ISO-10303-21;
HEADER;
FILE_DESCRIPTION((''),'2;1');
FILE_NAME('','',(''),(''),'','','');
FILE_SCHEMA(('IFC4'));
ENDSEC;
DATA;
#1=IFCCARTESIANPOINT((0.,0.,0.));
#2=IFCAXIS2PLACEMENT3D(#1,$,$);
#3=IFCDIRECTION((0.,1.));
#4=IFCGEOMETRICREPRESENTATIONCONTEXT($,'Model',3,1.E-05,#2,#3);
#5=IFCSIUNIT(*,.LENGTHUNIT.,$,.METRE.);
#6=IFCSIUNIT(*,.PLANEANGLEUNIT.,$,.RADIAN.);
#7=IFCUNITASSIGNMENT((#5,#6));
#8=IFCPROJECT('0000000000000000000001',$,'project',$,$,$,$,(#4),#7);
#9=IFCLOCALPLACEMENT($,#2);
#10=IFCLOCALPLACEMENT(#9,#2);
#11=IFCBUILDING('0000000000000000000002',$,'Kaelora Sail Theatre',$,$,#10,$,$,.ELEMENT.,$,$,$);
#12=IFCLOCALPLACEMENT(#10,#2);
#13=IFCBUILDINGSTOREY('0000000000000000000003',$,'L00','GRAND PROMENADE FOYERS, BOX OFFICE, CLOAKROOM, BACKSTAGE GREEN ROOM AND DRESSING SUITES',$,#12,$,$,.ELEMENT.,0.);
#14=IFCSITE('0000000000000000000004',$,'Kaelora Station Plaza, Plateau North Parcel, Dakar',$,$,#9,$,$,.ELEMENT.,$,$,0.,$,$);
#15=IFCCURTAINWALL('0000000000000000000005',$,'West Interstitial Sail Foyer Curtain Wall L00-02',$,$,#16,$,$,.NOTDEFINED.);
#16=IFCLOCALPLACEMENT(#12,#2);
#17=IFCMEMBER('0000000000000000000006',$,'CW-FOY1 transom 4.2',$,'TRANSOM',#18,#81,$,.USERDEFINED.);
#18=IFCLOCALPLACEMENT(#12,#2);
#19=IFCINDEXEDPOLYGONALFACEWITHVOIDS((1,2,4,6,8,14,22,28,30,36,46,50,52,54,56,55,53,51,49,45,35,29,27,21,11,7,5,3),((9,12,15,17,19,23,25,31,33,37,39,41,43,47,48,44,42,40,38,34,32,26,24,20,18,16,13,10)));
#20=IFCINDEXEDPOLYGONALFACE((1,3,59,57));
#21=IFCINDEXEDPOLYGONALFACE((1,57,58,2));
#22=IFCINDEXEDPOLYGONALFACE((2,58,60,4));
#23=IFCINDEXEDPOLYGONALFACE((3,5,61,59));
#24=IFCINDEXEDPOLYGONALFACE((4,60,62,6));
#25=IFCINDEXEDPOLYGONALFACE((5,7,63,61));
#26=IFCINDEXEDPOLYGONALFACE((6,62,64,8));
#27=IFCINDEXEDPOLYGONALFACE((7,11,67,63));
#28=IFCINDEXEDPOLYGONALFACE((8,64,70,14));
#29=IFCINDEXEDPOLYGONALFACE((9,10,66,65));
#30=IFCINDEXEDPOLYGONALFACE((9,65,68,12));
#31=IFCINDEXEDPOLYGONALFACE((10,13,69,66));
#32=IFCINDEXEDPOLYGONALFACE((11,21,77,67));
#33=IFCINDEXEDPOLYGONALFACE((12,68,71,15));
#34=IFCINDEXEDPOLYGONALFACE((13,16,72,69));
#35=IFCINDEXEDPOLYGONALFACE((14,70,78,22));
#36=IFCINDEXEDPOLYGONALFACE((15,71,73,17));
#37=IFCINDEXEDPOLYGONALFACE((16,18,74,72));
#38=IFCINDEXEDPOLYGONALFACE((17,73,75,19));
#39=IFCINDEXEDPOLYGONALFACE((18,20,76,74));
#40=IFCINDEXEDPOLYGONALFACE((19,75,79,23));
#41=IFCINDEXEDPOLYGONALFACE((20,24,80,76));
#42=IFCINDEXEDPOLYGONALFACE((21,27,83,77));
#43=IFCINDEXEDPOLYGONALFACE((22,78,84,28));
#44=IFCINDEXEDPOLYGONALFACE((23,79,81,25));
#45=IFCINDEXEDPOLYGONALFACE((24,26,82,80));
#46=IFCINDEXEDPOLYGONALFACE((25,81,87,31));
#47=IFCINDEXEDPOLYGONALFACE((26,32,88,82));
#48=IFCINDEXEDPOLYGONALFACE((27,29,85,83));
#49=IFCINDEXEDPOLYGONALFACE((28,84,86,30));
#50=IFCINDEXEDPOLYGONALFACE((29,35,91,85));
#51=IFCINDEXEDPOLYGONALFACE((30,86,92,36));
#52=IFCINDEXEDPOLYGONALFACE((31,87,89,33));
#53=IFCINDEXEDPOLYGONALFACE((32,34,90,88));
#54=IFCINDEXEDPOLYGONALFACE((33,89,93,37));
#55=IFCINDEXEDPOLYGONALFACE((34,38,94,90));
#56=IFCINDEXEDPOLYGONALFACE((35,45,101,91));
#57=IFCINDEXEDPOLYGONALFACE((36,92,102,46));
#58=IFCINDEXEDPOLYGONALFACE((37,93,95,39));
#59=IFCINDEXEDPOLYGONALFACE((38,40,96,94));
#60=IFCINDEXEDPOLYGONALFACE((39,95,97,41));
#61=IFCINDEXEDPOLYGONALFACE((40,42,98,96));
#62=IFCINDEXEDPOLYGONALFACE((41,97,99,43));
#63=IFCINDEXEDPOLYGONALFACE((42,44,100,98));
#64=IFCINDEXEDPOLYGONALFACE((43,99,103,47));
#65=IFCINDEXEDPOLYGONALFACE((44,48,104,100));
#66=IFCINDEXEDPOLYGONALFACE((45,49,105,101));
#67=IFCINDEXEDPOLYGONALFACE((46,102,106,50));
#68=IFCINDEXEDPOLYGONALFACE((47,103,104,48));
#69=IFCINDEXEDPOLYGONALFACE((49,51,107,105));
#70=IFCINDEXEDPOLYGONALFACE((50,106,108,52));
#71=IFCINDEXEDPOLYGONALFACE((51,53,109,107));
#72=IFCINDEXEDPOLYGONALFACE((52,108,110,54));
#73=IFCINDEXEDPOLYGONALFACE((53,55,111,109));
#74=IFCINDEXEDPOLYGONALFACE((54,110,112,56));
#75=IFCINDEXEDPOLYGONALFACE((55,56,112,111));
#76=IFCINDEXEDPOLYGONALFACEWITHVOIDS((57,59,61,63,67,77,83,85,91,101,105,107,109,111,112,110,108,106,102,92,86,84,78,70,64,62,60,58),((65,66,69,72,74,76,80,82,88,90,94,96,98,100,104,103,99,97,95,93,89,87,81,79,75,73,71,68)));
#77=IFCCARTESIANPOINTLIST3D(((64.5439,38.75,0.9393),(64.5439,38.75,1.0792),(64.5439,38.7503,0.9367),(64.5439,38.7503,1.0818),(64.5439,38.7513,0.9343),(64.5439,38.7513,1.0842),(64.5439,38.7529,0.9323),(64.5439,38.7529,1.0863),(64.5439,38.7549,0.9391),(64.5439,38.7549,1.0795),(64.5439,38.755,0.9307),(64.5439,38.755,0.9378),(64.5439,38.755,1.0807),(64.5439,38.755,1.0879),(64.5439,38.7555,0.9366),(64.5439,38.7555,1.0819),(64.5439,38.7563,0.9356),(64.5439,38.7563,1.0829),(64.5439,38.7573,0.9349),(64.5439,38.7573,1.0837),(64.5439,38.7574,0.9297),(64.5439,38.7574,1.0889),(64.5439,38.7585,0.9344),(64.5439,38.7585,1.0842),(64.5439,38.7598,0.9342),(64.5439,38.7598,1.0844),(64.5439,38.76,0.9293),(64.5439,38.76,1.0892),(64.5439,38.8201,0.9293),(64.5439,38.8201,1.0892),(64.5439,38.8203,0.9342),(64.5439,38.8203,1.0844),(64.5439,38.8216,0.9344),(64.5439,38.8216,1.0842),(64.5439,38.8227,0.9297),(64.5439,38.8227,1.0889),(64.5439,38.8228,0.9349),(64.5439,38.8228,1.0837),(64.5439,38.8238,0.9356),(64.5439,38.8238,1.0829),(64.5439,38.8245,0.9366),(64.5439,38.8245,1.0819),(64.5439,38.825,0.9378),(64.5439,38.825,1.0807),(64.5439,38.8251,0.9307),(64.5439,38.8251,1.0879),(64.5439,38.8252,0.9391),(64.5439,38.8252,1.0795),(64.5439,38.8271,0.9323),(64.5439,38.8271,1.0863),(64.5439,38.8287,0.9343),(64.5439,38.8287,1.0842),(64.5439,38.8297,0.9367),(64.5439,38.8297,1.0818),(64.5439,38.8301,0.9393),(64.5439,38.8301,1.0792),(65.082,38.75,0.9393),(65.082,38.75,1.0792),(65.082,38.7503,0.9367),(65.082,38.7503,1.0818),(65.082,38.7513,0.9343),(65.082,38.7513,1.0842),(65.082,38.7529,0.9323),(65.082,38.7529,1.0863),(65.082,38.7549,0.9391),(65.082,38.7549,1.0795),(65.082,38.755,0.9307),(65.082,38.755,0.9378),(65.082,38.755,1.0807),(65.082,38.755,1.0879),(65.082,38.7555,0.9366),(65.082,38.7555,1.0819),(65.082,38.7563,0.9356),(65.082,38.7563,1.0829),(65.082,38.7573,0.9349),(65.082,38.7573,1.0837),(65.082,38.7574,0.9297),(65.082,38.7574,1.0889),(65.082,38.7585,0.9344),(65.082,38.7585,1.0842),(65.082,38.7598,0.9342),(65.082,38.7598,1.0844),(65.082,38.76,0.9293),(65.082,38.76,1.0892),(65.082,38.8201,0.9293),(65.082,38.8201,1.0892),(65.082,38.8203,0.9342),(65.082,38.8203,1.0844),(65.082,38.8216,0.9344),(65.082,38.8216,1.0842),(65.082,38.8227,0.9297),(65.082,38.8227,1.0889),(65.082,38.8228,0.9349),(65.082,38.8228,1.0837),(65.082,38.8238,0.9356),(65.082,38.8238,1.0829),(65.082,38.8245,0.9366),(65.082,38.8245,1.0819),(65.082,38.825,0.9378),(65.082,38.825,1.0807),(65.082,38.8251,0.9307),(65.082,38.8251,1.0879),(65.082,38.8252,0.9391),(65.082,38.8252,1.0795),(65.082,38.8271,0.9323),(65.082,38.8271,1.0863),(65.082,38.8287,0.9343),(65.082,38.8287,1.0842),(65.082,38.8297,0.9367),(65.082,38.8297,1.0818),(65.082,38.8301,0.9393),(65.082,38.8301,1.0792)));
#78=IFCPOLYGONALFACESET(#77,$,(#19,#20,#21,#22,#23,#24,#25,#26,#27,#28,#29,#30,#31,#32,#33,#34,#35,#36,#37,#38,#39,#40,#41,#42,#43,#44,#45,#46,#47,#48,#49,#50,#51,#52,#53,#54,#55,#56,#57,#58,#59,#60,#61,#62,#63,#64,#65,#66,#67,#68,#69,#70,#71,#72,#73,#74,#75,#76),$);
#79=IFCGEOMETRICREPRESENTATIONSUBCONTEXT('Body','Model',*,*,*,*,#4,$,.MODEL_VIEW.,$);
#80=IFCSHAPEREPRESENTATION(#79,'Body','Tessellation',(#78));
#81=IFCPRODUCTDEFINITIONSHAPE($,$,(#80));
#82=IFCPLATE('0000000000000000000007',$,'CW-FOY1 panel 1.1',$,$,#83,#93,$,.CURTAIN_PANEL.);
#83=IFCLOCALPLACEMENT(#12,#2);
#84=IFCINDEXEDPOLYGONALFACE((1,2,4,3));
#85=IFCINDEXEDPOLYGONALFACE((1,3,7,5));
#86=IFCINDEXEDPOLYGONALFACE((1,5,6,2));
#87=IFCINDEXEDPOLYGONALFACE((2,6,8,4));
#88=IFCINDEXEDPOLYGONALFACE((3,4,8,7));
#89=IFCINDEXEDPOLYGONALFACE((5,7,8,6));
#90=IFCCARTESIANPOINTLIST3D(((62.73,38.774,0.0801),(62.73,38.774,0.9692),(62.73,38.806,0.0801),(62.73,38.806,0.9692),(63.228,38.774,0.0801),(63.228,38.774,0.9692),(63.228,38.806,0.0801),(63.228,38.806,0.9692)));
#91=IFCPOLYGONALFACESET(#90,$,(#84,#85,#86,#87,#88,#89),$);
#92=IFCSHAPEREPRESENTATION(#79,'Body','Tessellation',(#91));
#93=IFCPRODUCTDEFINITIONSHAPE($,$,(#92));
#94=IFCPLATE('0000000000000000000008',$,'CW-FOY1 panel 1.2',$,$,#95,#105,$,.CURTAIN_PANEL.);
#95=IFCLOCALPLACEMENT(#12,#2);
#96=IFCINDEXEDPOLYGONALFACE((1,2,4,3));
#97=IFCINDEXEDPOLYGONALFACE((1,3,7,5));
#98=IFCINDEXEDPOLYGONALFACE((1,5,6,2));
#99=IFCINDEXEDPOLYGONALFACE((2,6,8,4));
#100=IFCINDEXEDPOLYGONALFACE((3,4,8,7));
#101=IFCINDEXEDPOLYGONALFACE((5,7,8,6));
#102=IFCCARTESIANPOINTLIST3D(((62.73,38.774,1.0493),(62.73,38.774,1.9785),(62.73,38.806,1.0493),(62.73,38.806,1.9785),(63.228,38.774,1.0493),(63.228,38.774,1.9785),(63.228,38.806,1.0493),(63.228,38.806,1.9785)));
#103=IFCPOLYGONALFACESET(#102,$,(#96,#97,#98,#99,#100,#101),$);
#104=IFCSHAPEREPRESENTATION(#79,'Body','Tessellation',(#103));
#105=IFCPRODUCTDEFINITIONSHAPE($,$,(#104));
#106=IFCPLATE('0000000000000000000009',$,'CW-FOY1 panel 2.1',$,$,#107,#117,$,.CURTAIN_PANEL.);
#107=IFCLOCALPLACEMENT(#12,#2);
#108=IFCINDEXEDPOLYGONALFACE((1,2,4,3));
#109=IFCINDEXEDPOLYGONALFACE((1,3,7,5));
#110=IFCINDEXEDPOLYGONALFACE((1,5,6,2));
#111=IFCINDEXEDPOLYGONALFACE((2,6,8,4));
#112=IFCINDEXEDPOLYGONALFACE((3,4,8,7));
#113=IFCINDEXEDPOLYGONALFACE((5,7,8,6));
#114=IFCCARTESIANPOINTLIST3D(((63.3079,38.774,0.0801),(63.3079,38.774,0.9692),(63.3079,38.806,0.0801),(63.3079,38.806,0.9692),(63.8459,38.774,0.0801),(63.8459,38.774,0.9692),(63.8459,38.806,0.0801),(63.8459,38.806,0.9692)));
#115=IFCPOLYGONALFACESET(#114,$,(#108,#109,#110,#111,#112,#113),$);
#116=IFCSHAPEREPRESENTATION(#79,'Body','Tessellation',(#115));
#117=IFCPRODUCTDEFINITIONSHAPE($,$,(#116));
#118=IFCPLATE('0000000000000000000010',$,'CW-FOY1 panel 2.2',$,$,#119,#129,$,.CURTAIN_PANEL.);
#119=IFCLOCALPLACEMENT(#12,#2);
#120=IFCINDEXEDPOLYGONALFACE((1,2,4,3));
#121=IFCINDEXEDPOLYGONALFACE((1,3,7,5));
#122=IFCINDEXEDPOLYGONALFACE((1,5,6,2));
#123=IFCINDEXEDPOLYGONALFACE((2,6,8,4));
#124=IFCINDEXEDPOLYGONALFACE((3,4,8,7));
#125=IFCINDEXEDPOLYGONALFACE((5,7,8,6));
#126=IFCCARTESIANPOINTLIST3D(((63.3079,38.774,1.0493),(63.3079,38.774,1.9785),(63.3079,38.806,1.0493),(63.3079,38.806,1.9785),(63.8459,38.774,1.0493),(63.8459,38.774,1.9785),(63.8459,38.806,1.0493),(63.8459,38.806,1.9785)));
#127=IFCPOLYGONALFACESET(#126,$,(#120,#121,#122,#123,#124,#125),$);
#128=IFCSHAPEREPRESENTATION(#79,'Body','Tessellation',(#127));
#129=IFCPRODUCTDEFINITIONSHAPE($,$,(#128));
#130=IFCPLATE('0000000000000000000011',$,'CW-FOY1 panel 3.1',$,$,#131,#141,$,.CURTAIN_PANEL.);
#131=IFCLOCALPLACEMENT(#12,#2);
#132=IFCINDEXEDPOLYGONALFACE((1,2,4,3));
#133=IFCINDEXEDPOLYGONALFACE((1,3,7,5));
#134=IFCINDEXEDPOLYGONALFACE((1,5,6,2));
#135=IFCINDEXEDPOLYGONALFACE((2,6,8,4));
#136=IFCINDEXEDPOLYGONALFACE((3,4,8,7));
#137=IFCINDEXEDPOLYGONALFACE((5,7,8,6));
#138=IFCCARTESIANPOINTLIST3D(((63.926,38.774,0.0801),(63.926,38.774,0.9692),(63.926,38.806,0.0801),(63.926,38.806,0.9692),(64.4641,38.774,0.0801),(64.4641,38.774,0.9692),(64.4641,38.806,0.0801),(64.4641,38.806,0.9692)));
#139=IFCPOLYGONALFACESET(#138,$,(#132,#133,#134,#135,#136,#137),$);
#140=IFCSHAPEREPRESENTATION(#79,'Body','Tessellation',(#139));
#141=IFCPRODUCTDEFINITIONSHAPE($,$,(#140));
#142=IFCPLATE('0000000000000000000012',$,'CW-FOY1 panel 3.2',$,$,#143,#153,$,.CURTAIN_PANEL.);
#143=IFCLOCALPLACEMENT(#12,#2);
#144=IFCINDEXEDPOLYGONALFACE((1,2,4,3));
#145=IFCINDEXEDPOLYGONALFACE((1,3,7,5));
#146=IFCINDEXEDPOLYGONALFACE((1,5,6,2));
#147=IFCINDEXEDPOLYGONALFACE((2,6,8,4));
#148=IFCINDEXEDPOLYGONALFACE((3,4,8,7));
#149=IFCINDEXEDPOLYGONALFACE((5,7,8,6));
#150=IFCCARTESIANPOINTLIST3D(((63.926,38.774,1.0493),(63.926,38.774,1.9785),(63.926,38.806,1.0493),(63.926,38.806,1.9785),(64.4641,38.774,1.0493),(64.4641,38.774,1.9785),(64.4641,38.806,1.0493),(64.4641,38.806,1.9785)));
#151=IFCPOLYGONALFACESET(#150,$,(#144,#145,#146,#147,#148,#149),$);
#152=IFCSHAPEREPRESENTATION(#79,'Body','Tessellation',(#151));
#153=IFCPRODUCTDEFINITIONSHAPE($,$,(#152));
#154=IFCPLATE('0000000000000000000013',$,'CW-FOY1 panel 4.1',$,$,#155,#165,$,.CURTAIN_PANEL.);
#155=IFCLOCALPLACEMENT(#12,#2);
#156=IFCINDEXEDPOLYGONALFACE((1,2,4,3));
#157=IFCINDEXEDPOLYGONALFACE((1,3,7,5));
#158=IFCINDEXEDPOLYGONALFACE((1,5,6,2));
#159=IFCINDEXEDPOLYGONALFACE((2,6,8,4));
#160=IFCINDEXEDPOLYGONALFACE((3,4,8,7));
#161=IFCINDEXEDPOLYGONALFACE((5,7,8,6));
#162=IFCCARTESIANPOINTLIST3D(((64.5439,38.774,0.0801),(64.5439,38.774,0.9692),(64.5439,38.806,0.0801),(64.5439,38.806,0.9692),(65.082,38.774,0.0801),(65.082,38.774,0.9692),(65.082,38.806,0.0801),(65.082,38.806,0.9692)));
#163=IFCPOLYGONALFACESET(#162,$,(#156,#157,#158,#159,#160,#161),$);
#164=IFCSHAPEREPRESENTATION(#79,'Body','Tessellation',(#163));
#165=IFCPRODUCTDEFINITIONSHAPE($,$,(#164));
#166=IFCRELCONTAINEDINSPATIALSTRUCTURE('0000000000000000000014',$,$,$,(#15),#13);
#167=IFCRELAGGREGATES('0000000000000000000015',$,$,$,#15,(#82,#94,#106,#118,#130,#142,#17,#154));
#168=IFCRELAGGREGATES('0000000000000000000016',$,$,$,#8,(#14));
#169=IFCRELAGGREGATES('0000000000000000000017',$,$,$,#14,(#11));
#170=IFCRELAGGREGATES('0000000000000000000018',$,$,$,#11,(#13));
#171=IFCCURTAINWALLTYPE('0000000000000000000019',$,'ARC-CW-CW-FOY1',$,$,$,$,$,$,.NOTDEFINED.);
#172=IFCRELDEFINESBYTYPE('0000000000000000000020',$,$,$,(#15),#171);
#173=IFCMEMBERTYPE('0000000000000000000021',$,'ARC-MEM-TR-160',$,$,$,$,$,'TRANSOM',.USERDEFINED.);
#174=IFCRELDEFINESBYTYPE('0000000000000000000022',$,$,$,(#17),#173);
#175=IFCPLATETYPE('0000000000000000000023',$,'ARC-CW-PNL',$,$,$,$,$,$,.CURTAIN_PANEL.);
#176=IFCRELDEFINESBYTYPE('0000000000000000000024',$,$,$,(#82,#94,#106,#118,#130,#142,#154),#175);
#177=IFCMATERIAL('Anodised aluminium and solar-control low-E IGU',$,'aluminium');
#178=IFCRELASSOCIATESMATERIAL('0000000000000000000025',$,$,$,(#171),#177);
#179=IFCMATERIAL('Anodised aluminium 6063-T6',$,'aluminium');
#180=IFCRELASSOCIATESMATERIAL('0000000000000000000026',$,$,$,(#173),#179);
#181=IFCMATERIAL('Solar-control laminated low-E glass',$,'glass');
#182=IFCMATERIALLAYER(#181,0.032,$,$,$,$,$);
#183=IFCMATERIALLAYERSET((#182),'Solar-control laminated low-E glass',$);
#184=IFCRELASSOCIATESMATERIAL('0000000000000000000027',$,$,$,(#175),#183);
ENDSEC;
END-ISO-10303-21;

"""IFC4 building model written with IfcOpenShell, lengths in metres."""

from ifc_helpers import new_model, si_unit, direction, frame, origin, origin_2d, place, context, subcontext, project, spatial, rectangle, hollow_rectangle, extrude, material, layer, layer_set, material_profile, profile_set, type_object, element, aggregate, save


model = new_model("IFC4")

# Units and contexts
model_context = context("Model", 3, precision=1e-05, world=origin(), true_north=direction((0.0, 1.0)))
body_context = subcontext(model_context, "Body", "Model", "MODEL_VIEW")
ifc_project = project(units=[si_unit("LENGTHUNIT", "METRE"), si_unit("PLANEANGLEUNIT", "RADIAN")], contexts=[model_context])

# Site, building, storey
site_placement = place(None, origin())
site = spatial("IfcSite", under=ifc_project, at=site_placement, Name="Kaelora Station Plaza, Plateau North Parcel, Dakar", CompositionType="ELEMENT", RefElevation=0.0)
building_placement = place(site_placement, origin())
building = spatial("IfcBuilding", under=site, at=building_placement, Name="Kaelora Sail Theatre", CompositionType="ELEMENT")
storey_placement = place(building_placement, origin())
storey = spatial("IfcBuildingStorey", under=building, at=storey_placement, Name="L00", Description="GRAND PROMENADE FOYERS, BOX OFFICE, CLOAKROOM, BACKSTAGE GREEN ROOM AND DRESSING SUITES", CompositionType="ELEMENT", Elevation=0.0)

# Shared definitions
ifc_material_1 = material(Name="Anodised aluminium and solar-control low-E IGU", Category="aluminium")
curtain_wall_type = type_object("IfcCurtainWallType", Name="ARC-CW-CW-FOY1", PredefinedType="NOTDEFINED", material=ifc_material_1)

# Curtain wall, member, plates
curtain_wall_1_placement = place(storey_placement, origin())
curtain_wall_1 = element("IfcCurtainWall", 1, at=curtain_wall_1_placement, inside=storey, type_object=curtain_wall_type, Name="West Interstitial Sail Foyer Curtain Wall L00-02", PredefinedType="NOTDEFINED")
ifc_material_2 = material(Name="Anodised aluminium 6063-T6", Category="aluminium")
ifc_material_profile_1 = material_profile(ifc_material_2, hollow_rectangle(XDim=0.0801, YDim=0.1599, WallThickness=0.0049, InnerFilletRadius=0.0049, OuterFilletRadius=0.01, at=origin_2d()), Name="ALU-TRAN 80x160x5")
ifc_profile_set_1 = profile_set([ifc_material_profile_1], Name="Anodised aluminium 6063-T6")
member_type_1 = type_object("IfcMemberType", Name="ARC-MEM-TR-160", ElementType="TRANSOM", PredefinedType="USERDEFINED", material=ifc_profile_set_1)
member_1_placement = place(storey_placement, frame((64.5439, 38.79, 1.0093), z_axis=(1.0, 0.0, 0.0), x_axis=(0.0, 1.0, 0.0)))
member_1 = element("IfcMember", 2, at=member_1_placement, type_object=member_type_1, Name="CW-FOY1 transom 4.2", ObjectType="TRANSOM", PredefinedType="USERDEFINED", context=body_context, shape_type="SweptSolid", body=[
    extrude(hollow_rectangle(XDim=0.0801, YDim=0.1599, WallThickness=0.0049, InnerFilletRadius=0.0049, OuterFilletRadius=0.01, at=origin_2d()), origin(), (0.0, 0.0, 1.0), 0.5381),
])
ifc_material_3 = material(Name="Solar-control laminated low-E glass", Category="glass")
ifc_layer = layer(ifc_material_3, 0.032)
ifc_layer_set = layer_set([ifc_layer], Name="Solar-control laminated low-E glass")
plate_type = type_object("IfcPlateType", Name="ARC-CW-PNL", PredefinedType="CURTAIN_PANEL", material=ifc_layer_set)
plate_1_placement = place(storey_placement, frame((62.979, 38.79, 0.0801), z_axis=(0.0, 0.0, 1.0), x_axis=(1.0, 0.0, 0.0)))
plate_1 = element("IfcPlate", 3, at=plate_1_placement, type_object=plate_type, Name="CW-FOY1 panel 1.1", PredefinedType="CURTAIN_PANEL", context=body_context, shape_type="SweptSolid", body=[
    extrude(rectangle(XDim=0.498, YDim=0.032, at=origin_2d()), origin(), (0.0, 0.0, 1.0), 0.8892),
])
plate_2_placement = place(storey_placement, frame((62.979, 38.79, 1.0493), z_axis=(0.0, 0.0, 1.0), x_axis=(1.0, 0.0, 0.0)))
plate_2 = element("IfcPlate", 4, at=plate_2_placement, type_object=plate_type, Name="CW-FOY1 panel 1.2", PredefinedType="CURTAIN_PANEL", context=body_context, shape_type="SweptSolid", body=[
    extrude(rectangle(XDim=0.498, YDim=0.032, at=origin_2d()), origin(), (0.0, 0.0, 1.0), 0.9292),
])
plate_3_placement = place(storey_placement, frame((63.5769, 38.79, 0.0801), z_axis=(0.0, 0.0, 1.0), x_axis=(1.0, 0.0, 0.0)))
plate_3 = element("IfcPlate", 5, at=plate_3_placement, type_object=plate_type, Name="CW-FOY1 panel 2.1", PredefinedType="CURTAIN_PANEL", context=body_context, shape_type="SweptSolid", body=[
    extrude(rectangle(XDim=0.5381, YDim=0.032, at=origin_2d()), origin(), (0.0, 0.0, 1.0), 0.8892),
])
plate_4_placement = place(storey_placement, frame((63.5769, 38.79, 1.0493), z_axis=(0.0, 0.0, 1.0), x_axis=(1.0, 0.0, 0.0)))
plate_4 = element("IfcPlate", 6, at=plate_4_placement, type_object=plate_type, Name="CW-FOY1 panel 2.2", PredefinedType="CURTAIN_PANEL", context=body_context, shape_type="SweptSolid", body=[
    extrude(rectangle(XDim=0.5381, YDim=0.032, at=origin_2d()), origin(), (0.0, 0.0, 1.0), 0.9292),
])
plate_5_placement = place(storey_placement, frame((64.1951, 38.79, 0.0801), z_axis=(0.0, 0.0, 1.0), x_axis=(1.0, 0.0, 0.0)))
plate_5 = element("IfcPlate", 7, at=plate_5_placement, type_object=plate_type, Name="CW-FOY1 panel 3.1", PredefinedType="CURTAIN_PANEL", context=body_context, shape_type="SweptSolid", body=[
    extrude(rectangle(XDim=0.5381, YDim=0.032, at=origin_2d()), origin(), (0.0, 0.0, 1.0), 0.8892),
])
plate_6_placement = place(storey_placement, frame((64.1951, 38.79, 1.0493), z_axis=(0.0, 0.0, 1.0), x_axis=(1.0, 0.0, 0.0)))
plate_6 = element("IfcPlate", 8, at=plate_6_placement, type_object=plate_type, Name="CW-FOY1 panel 3.2", PredefinedType="CURTAIN_PANEL", context=body_context, shape_type="SweptSolid", body=[
    extrude(rectangle(XDim=0.5381, YDim=0.032, at=origin_2d()), origin(), (0.0, 0.0, 1.0), 0.9292),
])
plate_7_placement = place(storey_placement, frame((64.813, 38.79, 0.0801), z_axis=(0.0, 0.0, 1.0), x_axis=(1.0, 0.0, 0.0)))
plate_7 = element("IfcPlate", 9, at=plate_7_placement, type_object=plate_type, Name="CW-FOY1 panel 4.1", PredefinedType="CURTAIN_PANEL", context=body_context, shape_type="SweptSolid", body=[
    extrude(rectangle(XDim=0.5381, YDim=0.032, at=origin_2d()), origin(), (0.0, 0.0, 1.0), 0.8892),
])
aggregate(curtain_wall_1, [plate_1, plate_2, plate_3, plate_4, plate_5, plate_6, member_1, plate_7])

save(model, "model.ifc")
